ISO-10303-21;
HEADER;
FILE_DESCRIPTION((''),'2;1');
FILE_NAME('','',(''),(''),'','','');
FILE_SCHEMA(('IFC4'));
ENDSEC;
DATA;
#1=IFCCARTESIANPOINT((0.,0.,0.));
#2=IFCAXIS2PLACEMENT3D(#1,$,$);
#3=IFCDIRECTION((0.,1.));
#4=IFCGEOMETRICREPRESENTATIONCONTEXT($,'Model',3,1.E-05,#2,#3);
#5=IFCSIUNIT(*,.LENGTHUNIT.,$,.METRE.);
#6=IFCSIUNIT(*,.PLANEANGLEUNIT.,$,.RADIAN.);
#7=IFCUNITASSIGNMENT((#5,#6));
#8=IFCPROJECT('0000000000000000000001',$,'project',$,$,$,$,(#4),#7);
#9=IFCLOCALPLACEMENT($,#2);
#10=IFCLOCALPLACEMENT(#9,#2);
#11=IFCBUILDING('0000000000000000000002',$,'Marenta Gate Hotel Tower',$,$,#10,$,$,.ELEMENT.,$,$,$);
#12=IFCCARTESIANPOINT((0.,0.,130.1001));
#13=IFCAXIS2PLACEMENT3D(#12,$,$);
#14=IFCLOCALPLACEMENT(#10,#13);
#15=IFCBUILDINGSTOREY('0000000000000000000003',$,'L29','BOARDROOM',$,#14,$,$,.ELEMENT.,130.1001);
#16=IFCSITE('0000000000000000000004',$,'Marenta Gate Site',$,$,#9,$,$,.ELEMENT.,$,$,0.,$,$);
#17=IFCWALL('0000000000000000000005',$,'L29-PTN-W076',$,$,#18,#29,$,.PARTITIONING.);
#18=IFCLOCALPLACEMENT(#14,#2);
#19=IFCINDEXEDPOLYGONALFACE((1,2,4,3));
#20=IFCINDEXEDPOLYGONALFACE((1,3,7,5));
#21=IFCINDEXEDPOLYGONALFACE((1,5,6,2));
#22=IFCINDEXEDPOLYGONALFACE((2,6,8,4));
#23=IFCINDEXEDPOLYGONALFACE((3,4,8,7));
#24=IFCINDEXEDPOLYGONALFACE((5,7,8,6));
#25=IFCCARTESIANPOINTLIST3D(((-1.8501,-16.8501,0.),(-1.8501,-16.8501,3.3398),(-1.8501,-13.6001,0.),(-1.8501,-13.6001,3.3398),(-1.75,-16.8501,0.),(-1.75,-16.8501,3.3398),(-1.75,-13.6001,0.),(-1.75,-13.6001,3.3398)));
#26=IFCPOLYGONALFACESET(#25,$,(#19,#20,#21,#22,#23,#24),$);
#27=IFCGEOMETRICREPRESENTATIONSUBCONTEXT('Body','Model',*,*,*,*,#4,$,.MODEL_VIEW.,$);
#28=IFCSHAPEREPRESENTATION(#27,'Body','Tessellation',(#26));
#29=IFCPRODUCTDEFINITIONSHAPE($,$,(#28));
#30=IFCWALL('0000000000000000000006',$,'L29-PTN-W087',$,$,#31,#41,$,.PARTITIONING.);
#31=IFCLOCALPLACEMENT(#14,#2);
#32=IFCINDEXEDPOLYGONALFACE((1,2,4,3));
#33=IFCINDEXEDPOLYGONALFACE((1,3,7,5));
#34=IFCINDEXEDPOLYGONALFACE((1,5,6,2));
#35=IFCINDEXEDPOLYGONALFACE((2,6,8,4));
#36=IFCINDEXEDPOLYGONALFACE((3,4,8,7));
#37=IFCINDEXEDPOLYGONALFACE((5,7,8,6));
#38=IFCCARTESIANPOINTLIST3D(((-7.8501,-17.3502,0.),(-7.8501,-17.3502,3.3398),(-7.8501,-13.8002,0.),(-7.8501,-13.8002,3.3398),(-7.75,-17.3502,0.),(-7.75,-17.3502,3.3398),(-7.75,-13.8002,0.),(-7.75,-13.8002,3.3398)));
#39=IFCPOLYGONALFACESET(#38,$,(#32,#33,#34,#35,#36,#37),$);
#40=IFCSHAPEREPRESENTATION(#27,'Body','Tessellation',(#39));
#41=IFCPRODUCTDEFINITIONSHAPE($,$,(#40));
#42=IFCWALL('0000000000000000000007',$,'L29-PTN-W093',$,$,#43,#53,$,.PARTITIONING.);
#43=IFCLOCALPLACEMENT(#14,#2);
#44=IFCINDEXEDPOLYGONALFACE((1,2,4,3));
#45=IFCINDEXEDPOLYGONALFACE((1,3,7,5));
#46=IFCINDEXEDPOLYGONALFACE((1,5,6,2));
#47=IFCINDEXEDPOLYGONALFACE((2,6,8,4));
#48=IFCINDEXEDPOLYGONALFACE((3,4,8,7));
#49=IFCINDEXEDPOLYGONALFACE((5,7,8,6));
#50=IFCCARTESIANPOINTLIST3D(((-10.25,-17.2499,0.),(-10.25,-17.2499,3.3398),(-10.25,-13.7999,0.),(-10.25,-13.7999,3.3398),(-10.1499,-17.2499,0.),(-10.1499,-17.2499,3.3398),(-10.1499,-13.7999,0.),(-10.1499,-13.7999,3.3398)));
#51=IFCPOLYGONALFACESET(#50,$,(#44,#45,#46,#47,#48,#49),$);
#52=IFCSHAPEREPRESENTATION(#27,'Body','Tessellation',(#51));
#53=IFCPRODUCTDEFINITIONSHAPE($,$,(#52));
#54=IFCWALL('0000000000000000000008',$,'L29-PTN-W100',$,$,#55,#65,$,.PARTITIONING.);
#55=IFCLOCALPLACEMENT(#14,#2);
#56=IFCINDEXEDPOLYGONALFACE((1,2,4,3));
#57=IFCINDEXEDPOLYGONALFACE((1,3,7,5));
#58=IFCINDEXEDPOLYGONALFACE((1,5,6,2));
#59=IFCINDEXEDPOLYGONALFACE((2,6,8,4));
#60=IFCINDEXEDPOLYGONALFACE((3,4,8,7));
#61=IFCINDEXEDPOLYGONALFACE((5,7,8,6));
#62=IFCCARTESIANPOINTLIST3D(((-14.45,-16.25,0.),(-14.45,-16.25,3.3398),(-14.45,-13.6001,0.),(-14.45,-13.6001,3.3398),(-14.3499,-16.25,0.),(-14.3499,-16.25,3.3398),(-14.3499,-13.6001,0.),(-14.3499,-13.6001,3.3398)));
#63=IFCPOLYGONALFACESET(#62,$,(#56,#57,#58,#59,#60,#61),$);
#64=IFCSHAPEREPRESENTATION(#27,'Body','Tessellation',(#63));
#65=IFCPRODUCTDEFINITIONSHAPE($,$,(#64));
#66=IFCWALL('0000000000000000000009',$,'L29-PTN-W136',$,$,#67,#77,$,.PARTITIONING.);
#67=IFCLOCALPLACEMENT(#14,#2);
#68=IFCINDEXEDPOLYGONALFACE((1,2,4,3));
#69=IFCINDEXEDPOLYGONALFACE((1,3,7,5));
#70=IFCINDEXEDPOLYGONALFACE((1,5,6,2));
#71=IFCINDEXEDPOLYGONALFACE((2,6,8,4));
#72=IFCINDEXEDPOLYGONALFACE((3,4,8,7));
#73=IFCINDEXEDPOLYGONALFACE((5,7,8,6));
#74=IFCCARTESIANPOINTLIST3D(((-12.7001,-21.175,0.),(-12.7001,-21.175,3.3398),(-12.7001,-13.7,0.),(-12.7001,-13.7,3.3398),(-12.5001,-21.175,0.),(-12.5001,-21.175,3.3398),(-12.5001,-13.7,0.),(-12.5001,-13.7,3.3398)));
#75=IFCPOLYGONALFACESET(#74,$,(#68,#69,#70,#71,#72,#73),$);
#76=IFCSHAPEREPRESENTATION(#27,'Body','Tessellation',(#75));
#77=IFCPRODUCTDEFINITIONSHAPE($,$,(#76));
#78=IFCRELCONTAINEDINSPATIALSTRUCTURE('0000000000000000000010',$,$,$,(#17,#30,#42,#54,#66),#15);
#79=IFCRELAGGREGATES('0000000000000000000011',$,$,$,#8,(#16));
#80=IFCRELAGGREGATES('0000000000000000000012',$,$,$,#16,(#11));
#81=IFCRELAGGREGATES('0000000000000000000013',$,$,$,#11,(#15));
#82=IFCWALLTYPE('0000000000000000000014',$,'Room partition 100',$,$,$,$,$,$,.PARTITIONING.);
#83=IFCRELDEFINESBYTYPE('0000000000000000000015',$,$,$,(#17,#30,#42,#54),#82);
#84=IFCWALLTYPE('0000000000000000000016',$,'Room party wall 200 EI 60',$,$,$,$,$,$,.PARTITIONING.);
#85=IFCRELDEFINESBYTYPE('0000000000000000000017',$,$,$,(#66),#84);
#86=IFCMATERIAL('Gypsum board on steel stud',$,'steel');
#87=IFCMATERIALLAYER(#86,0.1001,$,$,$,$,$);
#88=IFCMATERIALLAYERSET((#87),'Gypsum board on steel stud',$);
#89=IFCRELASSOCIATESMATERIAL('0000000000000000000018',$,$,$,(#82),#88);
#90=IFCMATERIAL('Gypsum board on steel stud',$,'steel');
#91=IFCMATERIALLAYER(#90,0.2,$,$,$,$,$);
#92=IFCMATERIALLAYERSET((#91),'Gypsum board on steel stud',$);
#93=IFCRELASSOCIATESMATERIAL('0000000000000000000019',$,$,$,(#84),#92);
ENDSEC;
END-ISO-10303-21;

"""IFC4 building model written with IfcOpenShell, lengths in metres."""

from ifc_helpers import new_model, si_unit, direction, frame, frame_2d, origin, place, context, subcontext, project, spatial, rectangle, extrude, material, layer, layer_set, type_object, element, save


model = new_model("IFC4")

# Units and contexts
model_context = context("Model", 3, precision=1e-05, world=origin(), true_north=direction((0.0, 1.0)))
body_context = subcontext(model_context, "Body", "Model", "MODEL_VIEW")
ifc_project = project(units=[si_unit("LENGTHUNIT", "METRE"), si_unit("PLANEANGLEUNIT", "RADIAN")], contexts=[model_context])

# Site, building, storey
site_placement = place(None, origin())
site = spatial("IfcSite", under=ifc_project, at=site_placement, Name="Marenta Gate Site", CompositionType="ELEMENT", RefElevation=0.0)
building_placement = place(site_placement, origin())
building = spatial("IfcBuilding", under=site, at=building_placement, Name="Marenta Gate Hotel Tower", CompositionType="ELEMENT")
storey_placement = place(building_placement, frame((0.0, 0.0, 130.1001)))
storey = spatial("IfcBuildingStorey", under=building, at=storey_placement, Name="L29", Description="BOARDROOM", CompositionType="ELEMENT", Elevation=130.1001)

# Shared definitions
ifc_material_1 = material(Name="Gypsum board on steel stud", Category="steel")
ifc_layer_1 = layer(ifc_material_1, 0.1001)
ifc_layer_set_1 = layer_set([ifc_layer_1], Name="Gypsum board on steel stud")
wall_type_1 = type_object("IfcWallType", Name="Room partition 100", PredefinedType="PARTITIONING", material=ifc_layer_set_1)

# Walls
wall_1_placement = place(storey_placement, frame((-1.8, -16.8501, 0.0), z_axis=(0.0, 0.0, 1.0), x_axis=(0.0, 1.0, 0.0)))
element("IfcWall", 1, at=wall_1_placement, inside=storey, type_object=wall_type_1, Name="L29-PTN-W076", PredefinedType="PARTITIONING", context=body_context, shape_type="SweptSolid", body=[
    extrude(rectangle(XDim=3.25, YDim=0.1001, at=frame_2d((1.625, 0.0))), origin(), (0.0, 0.0, 1.0), 3.3398),
])
wall_2_placement = place(storey_placement, frame((-7.8, -17.3501, 0.0), z_axis=(0.0, 0.0, 1.0), x_axis=(0.0, 1.0, 0.0)))
element("IfcWall", 2, at=wall_2_placement, inside=storey, type_object=wall_type_1, Name="L29-PTN-W087", PredefinedType="PARTITIONING", context=body_context, shape_type="SweptSolid", body=[
    extrude(rectangle(XDim=3.55, YDim=0.1001, at=frame_2d((1.7749, 0.0))), origin(), (0.0, 0.0, 1.0), 3.3398),
])
wall_3_placement = place(storey_placement, frame((-10.2, -17.25, 0.0), z_axis=(0.0, 0.0, 1.0), x_axis=(0.0, 1.0, 0.0)))
element("IfcWall", 3, at=wall_3_placement, inside=storey, type_object=wall_type_1, Name="L29-PTN-W093", PredefinedType="PARTITIONING", context=body_context, shape_type="SweptSolid", body=[
    extrude(rectangle(XDim=3.45, YDim=0.1001, at=frame_2d((1.7251, 0.0))), origin(), (0.0, 0.0, 1.0), 3.3398),
])
wall_4_placement = place(storey_placement, frame((-14.3999, -16.25, 0.0), z_axis=(0.0, 0.0, 1.0), x_axis=(0.0, 1.0, 0.0)))
element("IfcWall", 4, at=wall_4_placement, inside=storey, type_object=wall_type_1, Name="L29-PTN-W100", PredefinedType="PARTITIONING", context=body_context, shape_type="SweptSolid", body=[
    extrude(rectangle(XDim=2.6499, YDim=0.1001, at=frame_2d((1.325, 0.0))), origin(), (0.0, 0.0, 1.0), 3.3398),
])
ifc_material_2 = material(Name="Gypsum board on steel stud", Category="steel")
ifc_layer_2 = layer(ifc_material_2, 0.2)
ifc_layer_set_2 = layer_set([ifc_layer_2], Name="Gypsum board on steel stud")
wall_type_2 = type_object("IfcWallType", Name="Room party wall 200 EI 60", PredefinedType="PARTITIONING", material=ifc_layer_set_2)
wall_5_placement = place(storey_placement, frame((-12.6001, -21.175, 0.0), z_axis=(0.0, 0.0, 1.0), x_axis=(0.0, 1.0, 0.0)))
element("IfcWall", 5, at=wall_5_placement, inside=storey, type_object=wall_type_2, Name="L29-PTN-W136", PredefinedType="PARTITIONING", context=body_context, shape_type="SweptSolid", body=[
    extrude(rectangle(XDim=7.4751, YDim=0.2, at=frame_2d((3.7375, 0.0))), origin(), (0.0, 0.0, 1.0), 3.3398),
])

save(model, "model.ifc")
